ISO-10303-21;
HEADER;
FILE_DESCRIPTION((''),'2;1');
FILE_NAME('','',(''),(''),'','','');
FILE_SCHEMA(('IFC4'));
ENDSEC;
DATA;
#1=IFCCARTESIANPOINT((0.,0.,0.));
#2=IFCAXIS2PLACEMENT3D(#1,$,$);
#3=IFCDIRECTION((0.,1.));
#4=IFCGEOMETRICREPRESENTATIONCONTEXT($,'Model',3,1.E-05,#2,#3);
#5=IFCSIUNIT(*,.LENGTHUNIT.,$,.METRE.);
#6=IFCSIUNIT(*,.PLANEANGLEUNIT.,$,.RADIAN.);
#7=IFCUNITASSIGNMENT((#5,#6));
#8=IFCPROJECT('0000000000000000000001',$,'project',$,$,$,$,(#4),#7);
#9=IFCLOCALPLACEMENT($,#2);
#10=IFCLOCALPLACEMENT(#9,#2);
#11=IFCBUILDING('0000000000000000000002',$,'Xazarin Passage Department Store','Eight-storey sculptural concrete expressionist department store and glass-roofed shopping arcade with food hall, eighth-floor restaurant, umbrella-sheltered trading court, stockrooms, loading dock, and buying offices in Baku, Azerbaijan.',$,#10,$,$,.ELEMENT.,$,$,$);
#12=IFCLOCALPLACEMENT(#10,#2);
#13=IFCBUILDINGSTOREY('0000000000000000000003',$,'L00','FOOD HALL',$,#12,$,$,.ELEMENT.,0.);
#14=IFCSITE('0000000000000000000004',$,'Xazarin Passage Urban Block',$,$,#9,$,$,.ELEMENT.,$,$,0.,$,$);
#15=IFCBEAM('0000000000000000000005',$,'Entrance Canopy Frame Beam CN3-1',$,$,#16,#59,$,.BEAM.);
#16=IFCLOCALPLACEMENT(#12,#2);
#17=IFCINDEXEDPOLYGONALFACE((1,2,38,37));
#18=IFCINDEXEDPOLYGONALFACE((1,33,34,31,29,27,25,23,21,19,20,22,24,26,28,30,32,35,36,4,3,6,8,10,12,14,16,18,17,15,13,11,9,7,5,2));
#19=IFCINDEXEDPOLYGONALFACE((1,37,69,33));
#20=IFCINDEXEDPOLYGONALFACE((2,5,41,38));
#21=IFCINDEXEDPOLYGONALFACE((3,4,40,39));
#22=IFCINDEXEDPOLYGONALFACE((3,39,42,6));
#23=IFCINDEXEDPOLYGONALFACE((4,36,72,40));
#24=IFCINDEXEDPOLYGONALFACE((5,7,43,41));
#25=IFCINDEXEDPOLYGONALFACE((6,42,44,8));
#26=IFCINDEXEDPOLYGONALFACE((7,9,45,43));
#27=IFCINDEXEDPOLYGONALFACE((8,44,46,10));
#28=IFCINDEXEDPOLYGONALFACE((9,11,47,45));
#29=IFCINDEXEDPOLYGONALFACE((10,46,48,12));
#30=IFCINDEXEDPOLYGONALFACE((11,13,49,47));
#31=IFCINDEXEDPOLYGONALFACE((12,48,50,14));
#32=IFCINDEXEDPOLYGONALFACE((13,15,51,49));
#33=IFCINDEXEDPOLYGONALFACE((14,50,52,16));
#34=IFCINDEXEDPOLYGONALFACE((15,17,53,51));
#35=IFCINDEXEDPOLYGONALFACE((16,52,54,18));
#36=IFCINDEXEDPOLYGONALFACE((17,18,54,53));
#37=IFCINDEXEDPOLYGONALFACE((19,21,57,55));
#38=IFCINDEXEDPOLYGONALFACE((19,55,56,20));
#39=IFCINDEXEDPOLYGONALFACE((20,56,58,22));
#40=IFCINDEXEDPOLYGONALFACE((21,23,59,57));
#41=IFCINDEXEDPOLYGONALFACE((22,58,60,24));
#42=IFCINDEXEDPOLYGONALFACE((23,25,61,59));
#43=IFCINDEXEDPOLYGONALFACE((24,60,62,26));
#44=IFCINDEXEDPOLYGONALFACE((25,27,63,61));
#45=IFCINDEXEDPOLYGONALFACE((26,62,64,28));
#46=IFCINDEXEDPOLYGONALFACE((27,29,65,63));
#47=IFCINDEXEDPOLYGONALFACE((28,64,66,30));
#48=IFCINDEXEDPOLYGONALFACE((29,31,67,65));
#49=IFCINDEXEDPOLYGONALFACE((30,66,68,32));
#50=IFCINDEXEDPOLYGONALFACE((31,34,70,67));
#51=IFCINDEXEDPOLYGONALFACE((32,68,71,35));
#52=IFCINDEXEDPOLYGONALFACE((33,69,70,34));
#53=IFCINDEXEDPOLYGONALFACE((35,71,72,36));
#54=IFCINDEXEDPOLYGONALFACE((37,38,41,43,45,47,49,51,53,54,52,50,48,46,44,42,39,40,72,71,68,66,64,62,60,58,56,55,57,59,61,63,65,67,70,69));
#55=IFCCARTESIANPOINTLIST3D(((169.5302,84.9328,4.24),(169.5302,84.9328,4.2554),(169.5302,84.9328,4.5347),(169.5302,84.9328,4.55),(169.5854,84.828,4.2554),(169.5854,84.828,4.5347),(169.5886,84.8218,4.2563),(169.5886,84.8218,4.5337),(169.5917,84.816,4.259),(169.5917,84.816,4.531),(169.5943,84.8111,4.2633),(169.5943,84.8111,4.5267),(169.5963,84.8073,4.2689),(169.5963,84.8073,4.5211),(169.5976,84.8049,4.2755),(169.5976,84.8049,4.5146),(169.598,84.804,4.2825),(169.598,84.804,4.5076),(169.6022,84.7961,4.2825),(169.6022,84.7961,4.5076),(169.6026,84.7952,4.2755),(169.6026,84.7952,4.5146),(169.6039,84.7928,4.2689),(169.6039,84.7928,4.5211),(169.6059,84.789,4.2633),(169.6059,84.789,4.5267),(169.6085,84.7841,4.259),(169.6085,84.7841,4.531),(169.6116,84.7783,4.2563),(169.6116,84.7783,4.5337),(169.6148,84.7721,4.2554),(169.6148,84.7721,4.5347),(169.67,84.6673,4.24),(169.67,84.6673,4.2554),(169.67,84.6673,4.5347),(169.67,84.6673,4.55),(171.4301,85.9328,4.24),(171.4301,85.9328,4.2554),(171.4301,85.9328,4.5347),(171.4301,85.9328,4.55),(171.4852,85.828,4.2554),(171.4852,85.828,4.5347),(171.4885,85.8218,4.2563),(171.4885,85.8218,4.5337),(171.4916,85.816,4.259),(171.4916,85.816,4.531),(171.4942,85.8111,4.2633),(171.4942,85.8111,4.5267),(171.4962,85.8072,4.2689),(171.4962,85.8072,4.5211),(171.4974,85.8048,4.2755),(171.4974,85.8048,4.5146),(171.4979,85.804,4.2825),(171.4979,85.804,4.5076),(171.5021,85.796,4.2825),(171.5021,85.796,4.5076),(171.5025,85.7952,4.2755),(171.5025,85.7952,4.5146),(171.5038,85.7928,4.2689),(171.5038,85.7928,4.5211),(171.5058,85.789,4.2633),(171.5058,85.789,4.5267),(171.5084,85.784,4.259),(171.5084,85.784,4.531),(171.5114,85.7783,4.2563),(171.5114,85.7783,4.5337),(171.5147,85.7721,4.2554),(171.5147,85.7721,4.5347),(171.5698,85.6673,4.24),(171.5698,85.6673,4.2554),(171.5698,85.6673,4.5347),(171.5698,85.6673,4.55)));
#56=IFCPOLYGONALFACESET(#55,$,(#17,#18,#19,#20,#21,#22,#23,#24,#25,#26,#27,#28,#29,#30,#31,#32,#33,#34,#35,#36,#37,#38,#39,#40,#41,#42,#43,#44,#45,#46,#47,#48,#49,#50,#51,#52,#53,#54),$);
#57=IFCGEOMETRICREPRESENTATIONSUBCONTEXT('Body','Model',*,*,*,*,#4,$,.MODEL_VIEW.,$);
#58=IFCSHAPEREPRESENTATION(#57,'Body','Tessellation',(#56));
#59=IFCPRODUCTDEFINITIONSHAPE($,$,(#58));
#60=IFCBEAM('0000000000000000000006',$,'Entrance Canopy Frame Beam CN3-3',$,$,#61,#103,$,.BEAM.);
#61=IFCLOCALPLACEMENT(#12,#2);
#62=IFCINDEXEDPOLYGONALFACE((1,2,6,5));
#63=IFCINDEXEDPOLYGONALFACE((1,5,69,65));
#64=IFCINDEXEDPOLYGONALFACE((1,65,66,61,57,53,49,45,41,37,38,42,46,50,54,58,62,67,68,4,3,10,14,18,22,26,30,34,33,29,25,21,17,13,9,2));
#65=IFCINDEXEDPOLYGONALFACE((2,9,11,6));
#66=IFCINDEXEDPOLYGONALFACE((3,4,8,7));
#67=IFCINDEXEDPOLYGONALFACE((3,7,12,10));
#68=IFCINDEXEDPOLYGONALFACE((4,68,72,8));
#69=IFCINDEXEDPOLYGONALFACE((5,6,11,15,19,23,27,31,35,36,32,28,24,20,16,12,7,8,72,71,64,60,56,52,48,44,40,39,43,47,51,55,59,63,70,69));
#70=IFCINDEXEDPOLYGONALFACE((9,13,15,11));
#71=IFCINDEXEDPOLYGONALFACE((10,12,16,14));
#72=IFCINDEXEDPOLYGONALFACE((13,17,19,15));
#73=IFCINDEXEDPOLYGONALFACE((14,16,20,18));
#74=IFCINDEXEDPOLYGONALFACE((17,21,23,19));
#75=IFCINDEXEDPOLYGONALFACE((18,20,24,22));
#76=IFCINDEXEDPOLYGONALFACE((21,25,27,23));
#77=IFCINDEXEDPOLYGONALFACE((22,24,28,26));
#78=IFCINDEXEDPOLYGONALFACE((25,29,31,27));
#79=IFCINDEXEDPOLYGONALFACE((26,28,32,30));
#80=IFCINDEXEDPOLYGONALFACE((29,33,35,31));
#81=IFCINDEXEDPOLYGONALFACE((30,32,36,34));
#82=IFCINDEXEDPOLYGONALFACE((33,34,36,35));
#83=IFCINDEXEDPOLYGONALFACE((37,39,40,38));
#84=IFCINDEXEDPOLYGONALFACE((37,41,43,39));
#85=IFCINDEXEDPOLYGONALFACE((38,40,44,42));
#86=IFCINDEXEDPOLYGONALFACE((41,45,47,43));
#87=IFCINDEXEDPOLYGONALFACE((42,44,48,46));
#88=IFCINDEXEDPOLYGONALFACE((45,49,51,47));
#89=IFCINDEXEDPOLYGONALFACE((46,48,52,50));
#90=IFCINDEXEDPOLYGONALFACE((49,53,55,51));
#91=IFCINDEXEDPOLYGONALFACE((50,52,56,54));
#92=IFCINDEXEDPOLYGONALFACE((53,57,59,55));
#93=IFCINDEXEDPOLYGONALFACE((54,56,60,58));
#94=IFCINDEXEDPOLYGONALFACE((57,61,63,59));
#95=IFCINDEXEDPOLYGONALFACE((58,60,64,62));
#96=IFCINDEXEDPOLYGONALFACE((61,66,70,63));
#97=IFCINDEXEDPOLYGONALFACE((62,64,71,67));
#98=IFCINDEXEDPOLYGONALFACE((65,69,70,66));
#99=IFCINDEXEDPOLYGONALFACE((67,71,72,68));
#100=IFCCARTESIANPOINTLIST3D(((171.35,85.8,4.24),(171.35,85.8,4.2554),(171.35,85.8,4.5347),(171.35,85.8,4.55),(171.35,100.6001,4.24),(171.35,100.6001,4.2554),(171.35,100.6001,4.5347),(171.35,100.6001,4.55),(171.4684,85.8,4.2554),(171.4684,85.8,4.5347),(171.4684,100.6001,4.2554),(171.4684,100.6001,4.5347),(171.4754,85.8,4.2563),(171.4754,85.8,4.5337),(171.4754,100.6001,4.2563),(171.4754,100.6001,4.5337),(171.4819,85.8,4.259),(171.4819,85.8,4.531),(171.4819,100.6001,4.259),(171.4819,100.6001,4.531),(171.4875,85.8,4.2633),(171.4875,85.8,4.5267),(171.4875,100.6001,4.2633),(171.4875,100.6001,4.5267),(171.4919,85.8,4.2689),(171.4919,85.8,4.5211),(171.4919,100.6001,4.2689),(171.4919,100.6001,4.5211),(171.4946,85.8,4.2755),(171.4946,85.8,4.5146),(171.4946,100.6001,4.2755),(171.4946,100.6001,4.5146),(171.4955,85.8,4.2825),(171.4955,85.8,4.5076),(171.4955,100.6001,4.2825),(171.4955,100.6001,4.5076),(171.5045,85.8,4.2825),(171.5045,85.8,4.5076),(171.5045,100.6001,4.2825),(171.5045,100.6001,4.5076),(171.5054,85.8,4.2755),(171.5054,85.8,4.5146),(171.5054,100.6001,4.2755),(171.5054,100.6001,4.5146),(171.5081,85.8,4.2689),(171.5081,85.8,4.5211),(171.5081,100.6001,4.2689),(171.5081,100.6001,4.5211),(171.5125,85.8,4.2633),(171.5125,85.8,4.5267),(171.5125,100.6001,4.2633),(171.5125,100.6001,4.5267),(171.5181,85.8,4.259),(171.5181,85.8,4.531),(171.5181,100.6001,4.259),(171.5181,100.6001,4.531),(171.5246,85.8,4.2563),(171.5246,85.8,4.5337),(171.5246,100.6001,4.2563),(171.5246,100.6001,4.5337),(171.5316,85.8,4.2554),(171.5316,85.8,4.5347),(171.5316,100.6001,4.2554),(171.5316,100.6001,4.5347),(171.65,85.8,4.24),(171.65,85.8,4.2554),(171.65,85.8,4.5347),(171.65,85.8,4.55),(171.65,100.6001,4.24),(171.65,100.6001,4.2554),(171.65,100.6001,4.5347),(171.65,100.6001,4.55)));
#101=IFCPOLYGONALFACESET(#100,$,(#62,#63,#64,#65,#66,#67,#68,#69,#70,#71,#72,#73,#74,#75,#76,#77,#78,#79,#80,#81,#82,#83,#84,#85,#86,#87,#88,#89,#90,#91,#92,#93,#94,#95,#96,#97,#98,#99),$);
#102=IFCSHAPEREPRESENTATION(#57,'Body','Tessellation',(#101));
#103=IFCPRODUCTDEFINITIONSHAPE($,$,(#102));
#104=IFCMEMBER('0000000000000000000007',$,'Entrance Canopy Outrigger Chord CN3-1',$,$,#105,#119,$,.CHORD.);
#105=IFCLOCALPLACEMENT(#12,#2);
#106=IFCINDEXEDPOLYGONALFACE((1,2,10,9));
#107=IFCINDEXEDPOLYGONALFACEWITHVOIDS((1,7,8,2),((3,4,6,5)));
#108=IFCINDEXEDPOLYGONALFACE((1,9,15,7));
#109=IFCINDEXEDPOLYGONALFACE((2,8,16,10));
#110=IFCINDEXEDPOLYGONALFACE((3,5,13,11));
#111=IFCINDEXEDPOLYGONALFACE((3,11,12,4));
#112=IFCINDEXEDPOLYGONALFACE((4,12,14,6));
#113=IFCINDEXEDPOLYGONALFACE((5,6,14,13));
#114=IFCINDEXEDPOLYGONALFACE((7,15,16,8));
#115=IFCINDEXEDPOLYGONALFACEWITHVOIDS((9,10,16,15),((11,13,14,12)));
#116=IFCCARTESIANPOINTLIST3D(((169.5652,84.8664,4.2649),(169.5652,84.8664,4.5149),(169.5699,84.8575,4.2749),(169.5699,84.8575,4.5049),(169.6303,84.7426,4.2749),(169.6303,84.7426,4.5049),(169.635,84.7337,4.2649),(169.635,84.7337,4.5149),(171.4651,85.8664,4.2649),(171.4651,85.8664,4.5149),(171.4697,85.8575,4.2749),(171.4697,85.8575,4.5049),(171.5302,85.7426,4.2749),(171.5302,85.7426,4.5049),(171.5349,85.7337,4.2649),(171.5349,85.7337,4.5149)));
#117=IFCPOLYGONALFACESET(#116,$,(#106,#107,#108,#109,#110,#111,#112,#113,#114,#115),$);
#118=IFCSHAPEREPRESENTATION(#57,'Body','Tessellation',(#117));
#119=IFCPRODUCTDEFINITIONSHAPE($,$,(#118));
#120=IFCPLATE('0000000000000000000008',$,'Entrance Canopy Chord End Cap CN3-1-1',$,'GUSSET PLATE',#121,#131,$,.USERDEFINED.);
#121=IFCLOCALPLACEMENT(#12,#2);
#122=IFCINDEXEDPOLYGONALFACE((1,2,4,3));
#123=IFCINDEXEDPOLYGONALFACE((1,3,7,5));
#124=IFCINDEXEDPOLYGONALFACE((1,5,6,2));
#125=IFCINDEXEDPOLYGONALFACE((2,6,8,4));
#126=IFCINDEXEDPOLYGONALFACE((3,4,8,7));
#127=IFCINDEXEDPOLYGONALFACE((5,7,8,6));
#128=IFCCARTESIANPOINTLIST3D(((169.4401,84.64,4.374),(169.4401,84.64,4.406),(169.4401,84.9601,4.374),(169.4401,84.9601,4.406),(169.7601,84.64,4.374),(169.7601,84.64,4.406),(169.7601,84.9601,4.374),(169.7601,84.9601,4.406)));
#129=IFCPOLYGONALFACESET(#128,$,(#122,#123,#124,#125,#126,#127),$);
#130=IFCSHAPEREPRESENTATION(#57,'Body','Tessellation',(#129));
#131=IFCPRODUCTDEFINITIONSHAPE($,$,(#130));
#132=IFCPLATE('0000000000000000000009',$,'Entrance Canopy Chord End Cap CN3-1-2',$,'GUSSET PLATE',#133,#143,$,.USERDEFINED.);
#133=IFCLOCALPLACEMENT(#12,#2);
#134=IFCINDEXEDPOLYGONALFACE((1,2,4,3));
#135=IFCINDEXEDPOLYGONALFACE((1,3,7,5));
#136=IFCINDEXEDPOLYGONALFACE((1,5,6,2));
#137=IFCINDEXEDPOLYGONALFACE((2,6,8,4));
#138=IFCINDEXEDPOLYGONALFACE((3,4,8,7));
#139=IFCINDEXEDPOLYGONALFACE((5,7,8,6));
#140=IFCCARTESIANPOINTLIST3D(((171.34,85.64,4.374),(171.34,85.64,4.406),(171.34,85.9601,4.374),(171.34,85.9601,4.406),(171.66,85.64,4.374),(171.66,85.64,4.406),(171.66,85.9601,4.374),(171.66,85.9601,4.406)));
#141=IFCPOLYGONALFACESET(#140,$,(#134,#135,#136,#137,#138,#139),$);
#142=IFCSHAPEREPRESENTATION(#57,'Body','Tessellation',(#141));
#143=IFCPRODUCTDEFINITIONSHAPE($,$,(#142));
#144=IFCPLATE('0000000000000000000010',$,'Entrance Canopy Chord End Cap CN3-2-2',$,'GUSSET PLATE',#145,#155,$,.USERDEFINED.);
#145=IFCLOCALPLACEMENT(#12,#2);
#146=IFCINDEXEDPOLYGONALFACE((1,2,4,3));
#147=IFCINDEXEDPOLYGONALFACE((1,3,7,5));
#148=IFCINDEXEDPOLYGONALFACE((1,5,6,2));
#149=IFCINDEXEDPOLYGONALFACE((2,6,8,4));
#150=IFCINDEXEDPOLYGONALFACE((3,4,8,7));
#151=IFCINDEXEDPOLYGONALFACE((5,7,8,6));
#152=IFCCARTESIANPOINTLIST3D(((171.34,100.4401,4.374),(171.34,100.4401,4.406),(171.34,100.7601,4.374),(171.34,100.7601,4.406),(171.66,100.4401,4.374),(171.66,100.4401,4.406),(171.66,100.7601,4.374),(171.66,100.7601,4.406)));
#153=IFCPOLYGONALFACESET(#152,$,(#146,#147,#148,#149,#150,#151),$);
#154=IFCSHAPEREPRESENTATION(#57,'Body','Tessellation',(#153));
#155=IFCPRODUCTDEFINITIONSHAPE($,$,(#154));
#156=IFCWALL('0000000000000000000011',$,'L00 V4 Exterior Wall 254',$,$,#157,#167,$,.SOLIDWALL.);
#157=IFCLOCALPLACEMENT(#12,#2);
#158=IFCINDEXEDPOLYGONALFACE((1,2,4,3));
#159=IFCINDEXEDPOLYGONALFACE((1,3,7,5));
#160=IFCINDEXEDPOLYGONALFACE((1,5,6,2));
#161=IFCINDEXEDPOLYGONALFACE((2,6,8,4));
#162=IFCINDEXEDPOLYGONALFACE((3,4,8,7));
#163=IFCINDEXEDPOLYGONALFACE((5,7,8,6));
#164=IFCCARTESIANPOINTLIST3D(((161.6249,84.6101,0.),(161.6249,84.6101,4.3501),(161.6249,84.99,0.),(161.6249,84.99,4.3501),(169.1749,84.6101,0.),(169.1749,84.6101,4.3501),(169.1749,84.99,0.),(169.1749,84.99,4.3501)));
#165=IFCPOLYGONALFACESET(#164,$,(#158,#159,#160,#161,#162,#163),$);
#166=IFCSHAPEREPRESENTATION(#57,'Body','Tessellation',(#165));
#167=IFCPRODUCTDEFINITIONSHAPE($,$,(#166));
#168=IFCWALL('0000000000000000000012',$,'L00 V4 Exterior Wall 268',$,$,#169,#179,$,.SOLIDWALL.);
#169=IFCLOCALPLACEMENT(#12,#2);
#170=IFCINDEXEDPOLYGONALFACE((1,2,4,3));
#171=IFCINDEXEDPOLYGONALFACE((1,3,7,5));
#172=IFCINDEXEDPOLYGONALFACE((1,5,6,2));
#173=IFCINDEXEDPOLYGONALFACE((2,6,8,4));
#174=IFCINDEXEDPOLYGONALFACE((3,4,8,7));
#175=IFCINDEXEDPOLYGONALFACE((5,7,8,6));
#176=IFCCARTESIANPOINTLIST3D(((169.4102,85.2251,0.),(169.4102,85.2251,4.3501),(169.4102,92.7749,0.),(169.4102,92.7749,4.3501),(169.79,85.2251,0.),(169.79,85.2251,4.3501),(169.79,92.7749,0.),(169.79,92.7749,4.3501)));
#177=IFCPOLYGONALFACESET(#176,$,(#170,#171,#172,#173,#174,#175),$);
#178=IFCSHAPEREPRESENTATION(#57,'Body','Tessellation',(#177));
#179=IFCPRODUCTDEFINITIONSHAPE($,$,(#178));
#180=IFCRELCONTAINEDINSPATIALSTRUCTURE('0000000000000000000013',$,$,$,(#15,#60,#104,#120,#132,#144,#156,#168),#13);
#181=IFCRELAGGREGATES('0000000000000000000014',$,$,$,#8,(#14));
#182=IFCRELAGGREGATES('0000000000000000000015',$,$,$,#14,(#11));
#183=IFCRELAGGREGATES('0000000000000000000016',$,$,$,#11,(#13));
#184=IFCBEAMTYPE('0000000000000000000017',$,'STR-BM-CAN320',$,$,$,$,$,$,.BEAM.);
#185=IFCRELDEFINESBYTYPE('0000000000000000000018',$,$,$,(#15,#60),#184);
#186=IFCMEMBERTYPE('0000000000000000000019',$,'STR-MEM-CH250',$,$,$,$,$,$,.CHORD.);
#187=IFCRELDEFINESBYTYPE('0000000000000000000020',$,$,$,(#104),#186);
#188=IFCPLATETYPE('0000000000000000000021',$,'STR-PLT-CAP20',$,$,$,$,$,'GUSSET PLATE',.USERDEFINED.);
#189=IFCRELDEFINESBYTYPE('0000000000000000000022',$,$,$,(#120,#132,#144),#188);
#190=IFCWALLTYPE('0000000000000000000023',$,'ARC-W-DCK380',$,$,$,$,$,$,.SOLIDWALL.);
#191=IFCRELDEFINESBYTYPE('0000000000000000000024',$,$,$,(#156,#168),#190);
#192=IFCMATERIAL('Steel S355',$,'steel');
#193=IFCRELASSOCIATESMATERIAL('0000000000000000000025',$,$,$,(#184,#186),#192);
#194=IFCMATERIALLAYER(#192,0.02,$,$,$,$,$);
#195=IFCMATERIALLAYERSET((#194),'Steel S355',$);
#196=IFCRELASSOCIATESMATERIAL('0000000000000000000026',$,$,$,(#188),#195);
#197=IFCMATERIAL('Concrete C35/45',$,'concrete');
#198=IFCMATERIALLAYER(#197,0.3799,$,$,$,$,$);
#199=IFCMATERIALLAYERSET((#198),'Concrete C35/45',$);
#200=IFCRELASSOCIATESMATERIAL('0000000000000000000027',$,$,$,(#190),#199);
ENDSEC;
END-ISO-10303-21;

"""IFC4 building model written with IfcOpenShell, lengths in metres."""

from ifc_helpers import new_model, si_unit, direction, frame, frame_2d, origin, origin_2d, place, context, subcontext, project, spatial, rectangle, hollow_rectangle, i_section, extrude, material, layer, layer_set, material_profile, profile_set, type_object, element, save


model = new_model("IFC4")

# Units and contexts
model_context = context("Model", 3, precision=1e-05, world=origin(), true_north=direction((0.0, 1.0)))
body_context = subcontext(model_context, "Body", "Model", "MODEL_VIEW")
ifc_project = project(units=[si_unit("LENGTHUNIT", "METRE"), si_unit("PLANEANGLEUNIT", "RADIAN")], contexts=[model_context])

# Site, building, storey
site_placement = place(None, origin())
site = spatial("IfcSite", under=ifc_project, at=site_placement, Name="Xazarin Passage Urban Block", CompositionType="ELEMENT", RefElevation=0.0)
building_placement = place(site_placement, origin())
building = spatial("IfcBuilding", under=site, at=building_placement, Name="Xazarin Passage Department Store", Description="Eight-storey sculptural concrete expressionist department store and glass-roofed shopping arcade with food hall, eighth-floor restaurant, umbrella-sheltered trading court, stockrooms, loading dock, and buying offices in Baku, Azerbaijan.", CompositionType="ELEMENT")
storey_placement = place(building_placement, origin())
storey = spatial("IfcBuildingStorey", under=building, at=storey_placement, Name="L00", Description="FOOD HALL", CompositionType="ELEMENT", Elevation=0.0)

# Shared definitions
ifc_material_1 = material(Name="Concrete C35/45", Category="concrete")

# Beams
ifc_material_2 = material(Name="Steel S355", Category="steel")
ifc_material_profile_1 = material_profile(ifc_material_2, i_section(OverallWidth=0.3, OverallDepth=0.3101, WebThickness=0.009, FlangeThickness=0.0154, FilletRadius=0.0271, at=origin_2d()), Name="HEA 320")
ifc_profile_set_1 = profile_set([ifc_material_profile_1], Name="Steel S355")
beam_type = type_object("IfcBeamType", Name="STR-BM-CAN320", PredefinedType="BEAM", material=ifc_profile_set_1)
beam_1_placement = place(storey_placement, frame((169.6001, 84.8, 4.395), z_axis=(0.884908, 0.465765, 0.0), x_axis=(-0.465765, 0.884908, 0.0)))
element("IfcBeam", 1, at=beam_1_placement, inside=storey, type_object=beam_type, Name="Entrance Canopy Frame Beam CN3-1", PredefinedType="BEAM", context=body_context, shape_type="SweptSolid", body=[
    extrude(i_section(OverallWidth=0.3, OverallDepth=0.3101, WebThickness=0.009, FlangeThickness=0.0154, FilletRadius=0.0271, at=origin_2d()), origin(), (0.0, 0.0, 1.0), 2.147),
])
beam_2_placement = place(storey_placement, frame((171.5, 85.8, 4.395), z_axis=(0.0, 1.0, 0.0), x_axis=(-1.0, 0.0, 0.0)))
element("IfcBeam", 2, at=beam_2_placement, inside=storey, type_object=beam_type, Name="Entrance Canopy Frame Beam CN3-3", PredefinedType="BEAM", context=body_context, shape_type="SweptSolid", body=[
    extrude(i_section(OverallWidth=0.3, OverallDepth=0.3101, WebThickness=0.009, FlangeThickness=0.0154, FilletRadius=0.0271, at=origin_2d()), origin(), (0.0, 0.0, 1.0), 14.8),
])

# Member
ifc_material_profile_2 = material_profile(ifc_material_2, hollow_rectangle(XDim=0.1499, YDim=0.25, WallThickness=0.01, at=origin_2d()), Name="RHS 250x150x10")
ifc_profile_set_2 = profile_set([ifc_material_profile_2], Name="Steel S355")
member_type = type_object("IfcMemberType", Name="STR-MEM-CH250", PredefinedType="CHORD", material=ifc_profile_set_2)
member_placement = place(storey_placement, frame((169.6001, 84.8, 4.3899), z_axis=(0.884908, 0.465765, 0.0), x_axis=(-0.465765, 0.884908, 0.0)))
element("IfcMember", 3, at=member_placement, inside=storey, type_object=member_type, Name="Entrance Canopy Outrigger Chord CN3-1", PredefinedType="CHORD", context=body_context, shape_type="SweptSolid", body=[
    extrude(hollow_rectangle(XDim=0.1499, YDim=0.25, WallThickness=0.01, at=origin_2d()), origin(), (0.0, 0.0, 1.0), 2.147),
])

# Plates
ifc_layer_1 = layer(ifc_material_2, 0.02)
ifc_layer_set_1 = layer_set([ifc_layer_1], Name="Steel S355")
plate_type = type_object("IfcPlateType", Name="STR-PLT-CAP20", ElementType="GUSSET PLATE", PredefinedType="USERDEFINED", material=ifc_layer_set_1)
for number, where, z_axis, x_axis, name in (
    (4, (169.6001, 84.8, 4.374), (0.0, 0.0, 1.0), (1.0, 0.0, 0.0), "Entrance Canopy Chord End Cap CN3-1-1"),
    (5, (171.5, 85.8, 4.374), (0.0, 0.0, 1.0), (1.0, 0.0, 0.0), "Entrance Canopy Chord End Cap CN3-1-2"),
    (6, (171.5, 100.6001, 4.374), (0.0, 0.0, 1.0), (1.0, 0.0, 0.0), "Entrance Canopy Chord End Cap CN3-2-2"),
):
    element("IfcPlate", number, at=place(storey_placement, frame(where, z_axis=z_axis, x_axis=x_axis)), inside=storey, type_object=plate_type, Name=name, ObjectType="GUSSET PLATE", PredefinedType="USERDEFINED", context=body_context, shape_type="SweptSolid", body=[
        extrude(rectangle(XDim=0.3201, YDim=0.3201, at=origin_2d()), origin(), (0.0, 0.0, 1.0), 0.032),
    ])

# Walls
ifc_layer_2 = layer(ifc_material_1, 0.3799)
ifc_layer_set_2 = layer_set([ifc_layer_2], Name="Concrete C35/45")
wall_type = type_object("IfcWallType", Name="ARC-W-DCK380", PredefinedType="SOLIDWALL", material=ifc_layer_set_2)
wall_1_placement = place(storey_placement, frame((161.625, 84.8, 0.0), z_axis=(0.0, 0.0, 1.0), x_axis=(1.0, 0.0, 0.0)))
element("IfcWall", 7, at=wall_1_placement, inside=storey, type_object=wall_type, Name="L00 V4 Exterior Wall 254", PredefinedType="SOLIDWALL", context=body_context, shape_type="SweptSolid", body=[
    extrude(rectangle(XDim=7.55, YDim=0.3799, at=frame_2d((3.7749, 0.0))), origin(), (0.0, 0.0, 1.0), 4.3501),
])
wall_2_placement = place(storey_placement, frame((169.6001, 85.2251, 0.0), z_axis=(0.0, 0.0, 1.0), x_axis=(0.0, 1.0, 0.0)))
element("IfcWall", 8, at=wall_2_placement, inside=storey, type_object=wall_type, Name="L00 V4 Exterior Wall 268", PredefinedType="SOLIDWALL", context=body_context, shape_type="SweptSolid", body=[
    extrude(rectangle(XDim=7.5498, YDim=0.3799, at=frame_2d((3.7749, 0.0))), origin(), (0.0, 0.0, 1.0), 4.3501),
])

save(model, "model.ifc")
